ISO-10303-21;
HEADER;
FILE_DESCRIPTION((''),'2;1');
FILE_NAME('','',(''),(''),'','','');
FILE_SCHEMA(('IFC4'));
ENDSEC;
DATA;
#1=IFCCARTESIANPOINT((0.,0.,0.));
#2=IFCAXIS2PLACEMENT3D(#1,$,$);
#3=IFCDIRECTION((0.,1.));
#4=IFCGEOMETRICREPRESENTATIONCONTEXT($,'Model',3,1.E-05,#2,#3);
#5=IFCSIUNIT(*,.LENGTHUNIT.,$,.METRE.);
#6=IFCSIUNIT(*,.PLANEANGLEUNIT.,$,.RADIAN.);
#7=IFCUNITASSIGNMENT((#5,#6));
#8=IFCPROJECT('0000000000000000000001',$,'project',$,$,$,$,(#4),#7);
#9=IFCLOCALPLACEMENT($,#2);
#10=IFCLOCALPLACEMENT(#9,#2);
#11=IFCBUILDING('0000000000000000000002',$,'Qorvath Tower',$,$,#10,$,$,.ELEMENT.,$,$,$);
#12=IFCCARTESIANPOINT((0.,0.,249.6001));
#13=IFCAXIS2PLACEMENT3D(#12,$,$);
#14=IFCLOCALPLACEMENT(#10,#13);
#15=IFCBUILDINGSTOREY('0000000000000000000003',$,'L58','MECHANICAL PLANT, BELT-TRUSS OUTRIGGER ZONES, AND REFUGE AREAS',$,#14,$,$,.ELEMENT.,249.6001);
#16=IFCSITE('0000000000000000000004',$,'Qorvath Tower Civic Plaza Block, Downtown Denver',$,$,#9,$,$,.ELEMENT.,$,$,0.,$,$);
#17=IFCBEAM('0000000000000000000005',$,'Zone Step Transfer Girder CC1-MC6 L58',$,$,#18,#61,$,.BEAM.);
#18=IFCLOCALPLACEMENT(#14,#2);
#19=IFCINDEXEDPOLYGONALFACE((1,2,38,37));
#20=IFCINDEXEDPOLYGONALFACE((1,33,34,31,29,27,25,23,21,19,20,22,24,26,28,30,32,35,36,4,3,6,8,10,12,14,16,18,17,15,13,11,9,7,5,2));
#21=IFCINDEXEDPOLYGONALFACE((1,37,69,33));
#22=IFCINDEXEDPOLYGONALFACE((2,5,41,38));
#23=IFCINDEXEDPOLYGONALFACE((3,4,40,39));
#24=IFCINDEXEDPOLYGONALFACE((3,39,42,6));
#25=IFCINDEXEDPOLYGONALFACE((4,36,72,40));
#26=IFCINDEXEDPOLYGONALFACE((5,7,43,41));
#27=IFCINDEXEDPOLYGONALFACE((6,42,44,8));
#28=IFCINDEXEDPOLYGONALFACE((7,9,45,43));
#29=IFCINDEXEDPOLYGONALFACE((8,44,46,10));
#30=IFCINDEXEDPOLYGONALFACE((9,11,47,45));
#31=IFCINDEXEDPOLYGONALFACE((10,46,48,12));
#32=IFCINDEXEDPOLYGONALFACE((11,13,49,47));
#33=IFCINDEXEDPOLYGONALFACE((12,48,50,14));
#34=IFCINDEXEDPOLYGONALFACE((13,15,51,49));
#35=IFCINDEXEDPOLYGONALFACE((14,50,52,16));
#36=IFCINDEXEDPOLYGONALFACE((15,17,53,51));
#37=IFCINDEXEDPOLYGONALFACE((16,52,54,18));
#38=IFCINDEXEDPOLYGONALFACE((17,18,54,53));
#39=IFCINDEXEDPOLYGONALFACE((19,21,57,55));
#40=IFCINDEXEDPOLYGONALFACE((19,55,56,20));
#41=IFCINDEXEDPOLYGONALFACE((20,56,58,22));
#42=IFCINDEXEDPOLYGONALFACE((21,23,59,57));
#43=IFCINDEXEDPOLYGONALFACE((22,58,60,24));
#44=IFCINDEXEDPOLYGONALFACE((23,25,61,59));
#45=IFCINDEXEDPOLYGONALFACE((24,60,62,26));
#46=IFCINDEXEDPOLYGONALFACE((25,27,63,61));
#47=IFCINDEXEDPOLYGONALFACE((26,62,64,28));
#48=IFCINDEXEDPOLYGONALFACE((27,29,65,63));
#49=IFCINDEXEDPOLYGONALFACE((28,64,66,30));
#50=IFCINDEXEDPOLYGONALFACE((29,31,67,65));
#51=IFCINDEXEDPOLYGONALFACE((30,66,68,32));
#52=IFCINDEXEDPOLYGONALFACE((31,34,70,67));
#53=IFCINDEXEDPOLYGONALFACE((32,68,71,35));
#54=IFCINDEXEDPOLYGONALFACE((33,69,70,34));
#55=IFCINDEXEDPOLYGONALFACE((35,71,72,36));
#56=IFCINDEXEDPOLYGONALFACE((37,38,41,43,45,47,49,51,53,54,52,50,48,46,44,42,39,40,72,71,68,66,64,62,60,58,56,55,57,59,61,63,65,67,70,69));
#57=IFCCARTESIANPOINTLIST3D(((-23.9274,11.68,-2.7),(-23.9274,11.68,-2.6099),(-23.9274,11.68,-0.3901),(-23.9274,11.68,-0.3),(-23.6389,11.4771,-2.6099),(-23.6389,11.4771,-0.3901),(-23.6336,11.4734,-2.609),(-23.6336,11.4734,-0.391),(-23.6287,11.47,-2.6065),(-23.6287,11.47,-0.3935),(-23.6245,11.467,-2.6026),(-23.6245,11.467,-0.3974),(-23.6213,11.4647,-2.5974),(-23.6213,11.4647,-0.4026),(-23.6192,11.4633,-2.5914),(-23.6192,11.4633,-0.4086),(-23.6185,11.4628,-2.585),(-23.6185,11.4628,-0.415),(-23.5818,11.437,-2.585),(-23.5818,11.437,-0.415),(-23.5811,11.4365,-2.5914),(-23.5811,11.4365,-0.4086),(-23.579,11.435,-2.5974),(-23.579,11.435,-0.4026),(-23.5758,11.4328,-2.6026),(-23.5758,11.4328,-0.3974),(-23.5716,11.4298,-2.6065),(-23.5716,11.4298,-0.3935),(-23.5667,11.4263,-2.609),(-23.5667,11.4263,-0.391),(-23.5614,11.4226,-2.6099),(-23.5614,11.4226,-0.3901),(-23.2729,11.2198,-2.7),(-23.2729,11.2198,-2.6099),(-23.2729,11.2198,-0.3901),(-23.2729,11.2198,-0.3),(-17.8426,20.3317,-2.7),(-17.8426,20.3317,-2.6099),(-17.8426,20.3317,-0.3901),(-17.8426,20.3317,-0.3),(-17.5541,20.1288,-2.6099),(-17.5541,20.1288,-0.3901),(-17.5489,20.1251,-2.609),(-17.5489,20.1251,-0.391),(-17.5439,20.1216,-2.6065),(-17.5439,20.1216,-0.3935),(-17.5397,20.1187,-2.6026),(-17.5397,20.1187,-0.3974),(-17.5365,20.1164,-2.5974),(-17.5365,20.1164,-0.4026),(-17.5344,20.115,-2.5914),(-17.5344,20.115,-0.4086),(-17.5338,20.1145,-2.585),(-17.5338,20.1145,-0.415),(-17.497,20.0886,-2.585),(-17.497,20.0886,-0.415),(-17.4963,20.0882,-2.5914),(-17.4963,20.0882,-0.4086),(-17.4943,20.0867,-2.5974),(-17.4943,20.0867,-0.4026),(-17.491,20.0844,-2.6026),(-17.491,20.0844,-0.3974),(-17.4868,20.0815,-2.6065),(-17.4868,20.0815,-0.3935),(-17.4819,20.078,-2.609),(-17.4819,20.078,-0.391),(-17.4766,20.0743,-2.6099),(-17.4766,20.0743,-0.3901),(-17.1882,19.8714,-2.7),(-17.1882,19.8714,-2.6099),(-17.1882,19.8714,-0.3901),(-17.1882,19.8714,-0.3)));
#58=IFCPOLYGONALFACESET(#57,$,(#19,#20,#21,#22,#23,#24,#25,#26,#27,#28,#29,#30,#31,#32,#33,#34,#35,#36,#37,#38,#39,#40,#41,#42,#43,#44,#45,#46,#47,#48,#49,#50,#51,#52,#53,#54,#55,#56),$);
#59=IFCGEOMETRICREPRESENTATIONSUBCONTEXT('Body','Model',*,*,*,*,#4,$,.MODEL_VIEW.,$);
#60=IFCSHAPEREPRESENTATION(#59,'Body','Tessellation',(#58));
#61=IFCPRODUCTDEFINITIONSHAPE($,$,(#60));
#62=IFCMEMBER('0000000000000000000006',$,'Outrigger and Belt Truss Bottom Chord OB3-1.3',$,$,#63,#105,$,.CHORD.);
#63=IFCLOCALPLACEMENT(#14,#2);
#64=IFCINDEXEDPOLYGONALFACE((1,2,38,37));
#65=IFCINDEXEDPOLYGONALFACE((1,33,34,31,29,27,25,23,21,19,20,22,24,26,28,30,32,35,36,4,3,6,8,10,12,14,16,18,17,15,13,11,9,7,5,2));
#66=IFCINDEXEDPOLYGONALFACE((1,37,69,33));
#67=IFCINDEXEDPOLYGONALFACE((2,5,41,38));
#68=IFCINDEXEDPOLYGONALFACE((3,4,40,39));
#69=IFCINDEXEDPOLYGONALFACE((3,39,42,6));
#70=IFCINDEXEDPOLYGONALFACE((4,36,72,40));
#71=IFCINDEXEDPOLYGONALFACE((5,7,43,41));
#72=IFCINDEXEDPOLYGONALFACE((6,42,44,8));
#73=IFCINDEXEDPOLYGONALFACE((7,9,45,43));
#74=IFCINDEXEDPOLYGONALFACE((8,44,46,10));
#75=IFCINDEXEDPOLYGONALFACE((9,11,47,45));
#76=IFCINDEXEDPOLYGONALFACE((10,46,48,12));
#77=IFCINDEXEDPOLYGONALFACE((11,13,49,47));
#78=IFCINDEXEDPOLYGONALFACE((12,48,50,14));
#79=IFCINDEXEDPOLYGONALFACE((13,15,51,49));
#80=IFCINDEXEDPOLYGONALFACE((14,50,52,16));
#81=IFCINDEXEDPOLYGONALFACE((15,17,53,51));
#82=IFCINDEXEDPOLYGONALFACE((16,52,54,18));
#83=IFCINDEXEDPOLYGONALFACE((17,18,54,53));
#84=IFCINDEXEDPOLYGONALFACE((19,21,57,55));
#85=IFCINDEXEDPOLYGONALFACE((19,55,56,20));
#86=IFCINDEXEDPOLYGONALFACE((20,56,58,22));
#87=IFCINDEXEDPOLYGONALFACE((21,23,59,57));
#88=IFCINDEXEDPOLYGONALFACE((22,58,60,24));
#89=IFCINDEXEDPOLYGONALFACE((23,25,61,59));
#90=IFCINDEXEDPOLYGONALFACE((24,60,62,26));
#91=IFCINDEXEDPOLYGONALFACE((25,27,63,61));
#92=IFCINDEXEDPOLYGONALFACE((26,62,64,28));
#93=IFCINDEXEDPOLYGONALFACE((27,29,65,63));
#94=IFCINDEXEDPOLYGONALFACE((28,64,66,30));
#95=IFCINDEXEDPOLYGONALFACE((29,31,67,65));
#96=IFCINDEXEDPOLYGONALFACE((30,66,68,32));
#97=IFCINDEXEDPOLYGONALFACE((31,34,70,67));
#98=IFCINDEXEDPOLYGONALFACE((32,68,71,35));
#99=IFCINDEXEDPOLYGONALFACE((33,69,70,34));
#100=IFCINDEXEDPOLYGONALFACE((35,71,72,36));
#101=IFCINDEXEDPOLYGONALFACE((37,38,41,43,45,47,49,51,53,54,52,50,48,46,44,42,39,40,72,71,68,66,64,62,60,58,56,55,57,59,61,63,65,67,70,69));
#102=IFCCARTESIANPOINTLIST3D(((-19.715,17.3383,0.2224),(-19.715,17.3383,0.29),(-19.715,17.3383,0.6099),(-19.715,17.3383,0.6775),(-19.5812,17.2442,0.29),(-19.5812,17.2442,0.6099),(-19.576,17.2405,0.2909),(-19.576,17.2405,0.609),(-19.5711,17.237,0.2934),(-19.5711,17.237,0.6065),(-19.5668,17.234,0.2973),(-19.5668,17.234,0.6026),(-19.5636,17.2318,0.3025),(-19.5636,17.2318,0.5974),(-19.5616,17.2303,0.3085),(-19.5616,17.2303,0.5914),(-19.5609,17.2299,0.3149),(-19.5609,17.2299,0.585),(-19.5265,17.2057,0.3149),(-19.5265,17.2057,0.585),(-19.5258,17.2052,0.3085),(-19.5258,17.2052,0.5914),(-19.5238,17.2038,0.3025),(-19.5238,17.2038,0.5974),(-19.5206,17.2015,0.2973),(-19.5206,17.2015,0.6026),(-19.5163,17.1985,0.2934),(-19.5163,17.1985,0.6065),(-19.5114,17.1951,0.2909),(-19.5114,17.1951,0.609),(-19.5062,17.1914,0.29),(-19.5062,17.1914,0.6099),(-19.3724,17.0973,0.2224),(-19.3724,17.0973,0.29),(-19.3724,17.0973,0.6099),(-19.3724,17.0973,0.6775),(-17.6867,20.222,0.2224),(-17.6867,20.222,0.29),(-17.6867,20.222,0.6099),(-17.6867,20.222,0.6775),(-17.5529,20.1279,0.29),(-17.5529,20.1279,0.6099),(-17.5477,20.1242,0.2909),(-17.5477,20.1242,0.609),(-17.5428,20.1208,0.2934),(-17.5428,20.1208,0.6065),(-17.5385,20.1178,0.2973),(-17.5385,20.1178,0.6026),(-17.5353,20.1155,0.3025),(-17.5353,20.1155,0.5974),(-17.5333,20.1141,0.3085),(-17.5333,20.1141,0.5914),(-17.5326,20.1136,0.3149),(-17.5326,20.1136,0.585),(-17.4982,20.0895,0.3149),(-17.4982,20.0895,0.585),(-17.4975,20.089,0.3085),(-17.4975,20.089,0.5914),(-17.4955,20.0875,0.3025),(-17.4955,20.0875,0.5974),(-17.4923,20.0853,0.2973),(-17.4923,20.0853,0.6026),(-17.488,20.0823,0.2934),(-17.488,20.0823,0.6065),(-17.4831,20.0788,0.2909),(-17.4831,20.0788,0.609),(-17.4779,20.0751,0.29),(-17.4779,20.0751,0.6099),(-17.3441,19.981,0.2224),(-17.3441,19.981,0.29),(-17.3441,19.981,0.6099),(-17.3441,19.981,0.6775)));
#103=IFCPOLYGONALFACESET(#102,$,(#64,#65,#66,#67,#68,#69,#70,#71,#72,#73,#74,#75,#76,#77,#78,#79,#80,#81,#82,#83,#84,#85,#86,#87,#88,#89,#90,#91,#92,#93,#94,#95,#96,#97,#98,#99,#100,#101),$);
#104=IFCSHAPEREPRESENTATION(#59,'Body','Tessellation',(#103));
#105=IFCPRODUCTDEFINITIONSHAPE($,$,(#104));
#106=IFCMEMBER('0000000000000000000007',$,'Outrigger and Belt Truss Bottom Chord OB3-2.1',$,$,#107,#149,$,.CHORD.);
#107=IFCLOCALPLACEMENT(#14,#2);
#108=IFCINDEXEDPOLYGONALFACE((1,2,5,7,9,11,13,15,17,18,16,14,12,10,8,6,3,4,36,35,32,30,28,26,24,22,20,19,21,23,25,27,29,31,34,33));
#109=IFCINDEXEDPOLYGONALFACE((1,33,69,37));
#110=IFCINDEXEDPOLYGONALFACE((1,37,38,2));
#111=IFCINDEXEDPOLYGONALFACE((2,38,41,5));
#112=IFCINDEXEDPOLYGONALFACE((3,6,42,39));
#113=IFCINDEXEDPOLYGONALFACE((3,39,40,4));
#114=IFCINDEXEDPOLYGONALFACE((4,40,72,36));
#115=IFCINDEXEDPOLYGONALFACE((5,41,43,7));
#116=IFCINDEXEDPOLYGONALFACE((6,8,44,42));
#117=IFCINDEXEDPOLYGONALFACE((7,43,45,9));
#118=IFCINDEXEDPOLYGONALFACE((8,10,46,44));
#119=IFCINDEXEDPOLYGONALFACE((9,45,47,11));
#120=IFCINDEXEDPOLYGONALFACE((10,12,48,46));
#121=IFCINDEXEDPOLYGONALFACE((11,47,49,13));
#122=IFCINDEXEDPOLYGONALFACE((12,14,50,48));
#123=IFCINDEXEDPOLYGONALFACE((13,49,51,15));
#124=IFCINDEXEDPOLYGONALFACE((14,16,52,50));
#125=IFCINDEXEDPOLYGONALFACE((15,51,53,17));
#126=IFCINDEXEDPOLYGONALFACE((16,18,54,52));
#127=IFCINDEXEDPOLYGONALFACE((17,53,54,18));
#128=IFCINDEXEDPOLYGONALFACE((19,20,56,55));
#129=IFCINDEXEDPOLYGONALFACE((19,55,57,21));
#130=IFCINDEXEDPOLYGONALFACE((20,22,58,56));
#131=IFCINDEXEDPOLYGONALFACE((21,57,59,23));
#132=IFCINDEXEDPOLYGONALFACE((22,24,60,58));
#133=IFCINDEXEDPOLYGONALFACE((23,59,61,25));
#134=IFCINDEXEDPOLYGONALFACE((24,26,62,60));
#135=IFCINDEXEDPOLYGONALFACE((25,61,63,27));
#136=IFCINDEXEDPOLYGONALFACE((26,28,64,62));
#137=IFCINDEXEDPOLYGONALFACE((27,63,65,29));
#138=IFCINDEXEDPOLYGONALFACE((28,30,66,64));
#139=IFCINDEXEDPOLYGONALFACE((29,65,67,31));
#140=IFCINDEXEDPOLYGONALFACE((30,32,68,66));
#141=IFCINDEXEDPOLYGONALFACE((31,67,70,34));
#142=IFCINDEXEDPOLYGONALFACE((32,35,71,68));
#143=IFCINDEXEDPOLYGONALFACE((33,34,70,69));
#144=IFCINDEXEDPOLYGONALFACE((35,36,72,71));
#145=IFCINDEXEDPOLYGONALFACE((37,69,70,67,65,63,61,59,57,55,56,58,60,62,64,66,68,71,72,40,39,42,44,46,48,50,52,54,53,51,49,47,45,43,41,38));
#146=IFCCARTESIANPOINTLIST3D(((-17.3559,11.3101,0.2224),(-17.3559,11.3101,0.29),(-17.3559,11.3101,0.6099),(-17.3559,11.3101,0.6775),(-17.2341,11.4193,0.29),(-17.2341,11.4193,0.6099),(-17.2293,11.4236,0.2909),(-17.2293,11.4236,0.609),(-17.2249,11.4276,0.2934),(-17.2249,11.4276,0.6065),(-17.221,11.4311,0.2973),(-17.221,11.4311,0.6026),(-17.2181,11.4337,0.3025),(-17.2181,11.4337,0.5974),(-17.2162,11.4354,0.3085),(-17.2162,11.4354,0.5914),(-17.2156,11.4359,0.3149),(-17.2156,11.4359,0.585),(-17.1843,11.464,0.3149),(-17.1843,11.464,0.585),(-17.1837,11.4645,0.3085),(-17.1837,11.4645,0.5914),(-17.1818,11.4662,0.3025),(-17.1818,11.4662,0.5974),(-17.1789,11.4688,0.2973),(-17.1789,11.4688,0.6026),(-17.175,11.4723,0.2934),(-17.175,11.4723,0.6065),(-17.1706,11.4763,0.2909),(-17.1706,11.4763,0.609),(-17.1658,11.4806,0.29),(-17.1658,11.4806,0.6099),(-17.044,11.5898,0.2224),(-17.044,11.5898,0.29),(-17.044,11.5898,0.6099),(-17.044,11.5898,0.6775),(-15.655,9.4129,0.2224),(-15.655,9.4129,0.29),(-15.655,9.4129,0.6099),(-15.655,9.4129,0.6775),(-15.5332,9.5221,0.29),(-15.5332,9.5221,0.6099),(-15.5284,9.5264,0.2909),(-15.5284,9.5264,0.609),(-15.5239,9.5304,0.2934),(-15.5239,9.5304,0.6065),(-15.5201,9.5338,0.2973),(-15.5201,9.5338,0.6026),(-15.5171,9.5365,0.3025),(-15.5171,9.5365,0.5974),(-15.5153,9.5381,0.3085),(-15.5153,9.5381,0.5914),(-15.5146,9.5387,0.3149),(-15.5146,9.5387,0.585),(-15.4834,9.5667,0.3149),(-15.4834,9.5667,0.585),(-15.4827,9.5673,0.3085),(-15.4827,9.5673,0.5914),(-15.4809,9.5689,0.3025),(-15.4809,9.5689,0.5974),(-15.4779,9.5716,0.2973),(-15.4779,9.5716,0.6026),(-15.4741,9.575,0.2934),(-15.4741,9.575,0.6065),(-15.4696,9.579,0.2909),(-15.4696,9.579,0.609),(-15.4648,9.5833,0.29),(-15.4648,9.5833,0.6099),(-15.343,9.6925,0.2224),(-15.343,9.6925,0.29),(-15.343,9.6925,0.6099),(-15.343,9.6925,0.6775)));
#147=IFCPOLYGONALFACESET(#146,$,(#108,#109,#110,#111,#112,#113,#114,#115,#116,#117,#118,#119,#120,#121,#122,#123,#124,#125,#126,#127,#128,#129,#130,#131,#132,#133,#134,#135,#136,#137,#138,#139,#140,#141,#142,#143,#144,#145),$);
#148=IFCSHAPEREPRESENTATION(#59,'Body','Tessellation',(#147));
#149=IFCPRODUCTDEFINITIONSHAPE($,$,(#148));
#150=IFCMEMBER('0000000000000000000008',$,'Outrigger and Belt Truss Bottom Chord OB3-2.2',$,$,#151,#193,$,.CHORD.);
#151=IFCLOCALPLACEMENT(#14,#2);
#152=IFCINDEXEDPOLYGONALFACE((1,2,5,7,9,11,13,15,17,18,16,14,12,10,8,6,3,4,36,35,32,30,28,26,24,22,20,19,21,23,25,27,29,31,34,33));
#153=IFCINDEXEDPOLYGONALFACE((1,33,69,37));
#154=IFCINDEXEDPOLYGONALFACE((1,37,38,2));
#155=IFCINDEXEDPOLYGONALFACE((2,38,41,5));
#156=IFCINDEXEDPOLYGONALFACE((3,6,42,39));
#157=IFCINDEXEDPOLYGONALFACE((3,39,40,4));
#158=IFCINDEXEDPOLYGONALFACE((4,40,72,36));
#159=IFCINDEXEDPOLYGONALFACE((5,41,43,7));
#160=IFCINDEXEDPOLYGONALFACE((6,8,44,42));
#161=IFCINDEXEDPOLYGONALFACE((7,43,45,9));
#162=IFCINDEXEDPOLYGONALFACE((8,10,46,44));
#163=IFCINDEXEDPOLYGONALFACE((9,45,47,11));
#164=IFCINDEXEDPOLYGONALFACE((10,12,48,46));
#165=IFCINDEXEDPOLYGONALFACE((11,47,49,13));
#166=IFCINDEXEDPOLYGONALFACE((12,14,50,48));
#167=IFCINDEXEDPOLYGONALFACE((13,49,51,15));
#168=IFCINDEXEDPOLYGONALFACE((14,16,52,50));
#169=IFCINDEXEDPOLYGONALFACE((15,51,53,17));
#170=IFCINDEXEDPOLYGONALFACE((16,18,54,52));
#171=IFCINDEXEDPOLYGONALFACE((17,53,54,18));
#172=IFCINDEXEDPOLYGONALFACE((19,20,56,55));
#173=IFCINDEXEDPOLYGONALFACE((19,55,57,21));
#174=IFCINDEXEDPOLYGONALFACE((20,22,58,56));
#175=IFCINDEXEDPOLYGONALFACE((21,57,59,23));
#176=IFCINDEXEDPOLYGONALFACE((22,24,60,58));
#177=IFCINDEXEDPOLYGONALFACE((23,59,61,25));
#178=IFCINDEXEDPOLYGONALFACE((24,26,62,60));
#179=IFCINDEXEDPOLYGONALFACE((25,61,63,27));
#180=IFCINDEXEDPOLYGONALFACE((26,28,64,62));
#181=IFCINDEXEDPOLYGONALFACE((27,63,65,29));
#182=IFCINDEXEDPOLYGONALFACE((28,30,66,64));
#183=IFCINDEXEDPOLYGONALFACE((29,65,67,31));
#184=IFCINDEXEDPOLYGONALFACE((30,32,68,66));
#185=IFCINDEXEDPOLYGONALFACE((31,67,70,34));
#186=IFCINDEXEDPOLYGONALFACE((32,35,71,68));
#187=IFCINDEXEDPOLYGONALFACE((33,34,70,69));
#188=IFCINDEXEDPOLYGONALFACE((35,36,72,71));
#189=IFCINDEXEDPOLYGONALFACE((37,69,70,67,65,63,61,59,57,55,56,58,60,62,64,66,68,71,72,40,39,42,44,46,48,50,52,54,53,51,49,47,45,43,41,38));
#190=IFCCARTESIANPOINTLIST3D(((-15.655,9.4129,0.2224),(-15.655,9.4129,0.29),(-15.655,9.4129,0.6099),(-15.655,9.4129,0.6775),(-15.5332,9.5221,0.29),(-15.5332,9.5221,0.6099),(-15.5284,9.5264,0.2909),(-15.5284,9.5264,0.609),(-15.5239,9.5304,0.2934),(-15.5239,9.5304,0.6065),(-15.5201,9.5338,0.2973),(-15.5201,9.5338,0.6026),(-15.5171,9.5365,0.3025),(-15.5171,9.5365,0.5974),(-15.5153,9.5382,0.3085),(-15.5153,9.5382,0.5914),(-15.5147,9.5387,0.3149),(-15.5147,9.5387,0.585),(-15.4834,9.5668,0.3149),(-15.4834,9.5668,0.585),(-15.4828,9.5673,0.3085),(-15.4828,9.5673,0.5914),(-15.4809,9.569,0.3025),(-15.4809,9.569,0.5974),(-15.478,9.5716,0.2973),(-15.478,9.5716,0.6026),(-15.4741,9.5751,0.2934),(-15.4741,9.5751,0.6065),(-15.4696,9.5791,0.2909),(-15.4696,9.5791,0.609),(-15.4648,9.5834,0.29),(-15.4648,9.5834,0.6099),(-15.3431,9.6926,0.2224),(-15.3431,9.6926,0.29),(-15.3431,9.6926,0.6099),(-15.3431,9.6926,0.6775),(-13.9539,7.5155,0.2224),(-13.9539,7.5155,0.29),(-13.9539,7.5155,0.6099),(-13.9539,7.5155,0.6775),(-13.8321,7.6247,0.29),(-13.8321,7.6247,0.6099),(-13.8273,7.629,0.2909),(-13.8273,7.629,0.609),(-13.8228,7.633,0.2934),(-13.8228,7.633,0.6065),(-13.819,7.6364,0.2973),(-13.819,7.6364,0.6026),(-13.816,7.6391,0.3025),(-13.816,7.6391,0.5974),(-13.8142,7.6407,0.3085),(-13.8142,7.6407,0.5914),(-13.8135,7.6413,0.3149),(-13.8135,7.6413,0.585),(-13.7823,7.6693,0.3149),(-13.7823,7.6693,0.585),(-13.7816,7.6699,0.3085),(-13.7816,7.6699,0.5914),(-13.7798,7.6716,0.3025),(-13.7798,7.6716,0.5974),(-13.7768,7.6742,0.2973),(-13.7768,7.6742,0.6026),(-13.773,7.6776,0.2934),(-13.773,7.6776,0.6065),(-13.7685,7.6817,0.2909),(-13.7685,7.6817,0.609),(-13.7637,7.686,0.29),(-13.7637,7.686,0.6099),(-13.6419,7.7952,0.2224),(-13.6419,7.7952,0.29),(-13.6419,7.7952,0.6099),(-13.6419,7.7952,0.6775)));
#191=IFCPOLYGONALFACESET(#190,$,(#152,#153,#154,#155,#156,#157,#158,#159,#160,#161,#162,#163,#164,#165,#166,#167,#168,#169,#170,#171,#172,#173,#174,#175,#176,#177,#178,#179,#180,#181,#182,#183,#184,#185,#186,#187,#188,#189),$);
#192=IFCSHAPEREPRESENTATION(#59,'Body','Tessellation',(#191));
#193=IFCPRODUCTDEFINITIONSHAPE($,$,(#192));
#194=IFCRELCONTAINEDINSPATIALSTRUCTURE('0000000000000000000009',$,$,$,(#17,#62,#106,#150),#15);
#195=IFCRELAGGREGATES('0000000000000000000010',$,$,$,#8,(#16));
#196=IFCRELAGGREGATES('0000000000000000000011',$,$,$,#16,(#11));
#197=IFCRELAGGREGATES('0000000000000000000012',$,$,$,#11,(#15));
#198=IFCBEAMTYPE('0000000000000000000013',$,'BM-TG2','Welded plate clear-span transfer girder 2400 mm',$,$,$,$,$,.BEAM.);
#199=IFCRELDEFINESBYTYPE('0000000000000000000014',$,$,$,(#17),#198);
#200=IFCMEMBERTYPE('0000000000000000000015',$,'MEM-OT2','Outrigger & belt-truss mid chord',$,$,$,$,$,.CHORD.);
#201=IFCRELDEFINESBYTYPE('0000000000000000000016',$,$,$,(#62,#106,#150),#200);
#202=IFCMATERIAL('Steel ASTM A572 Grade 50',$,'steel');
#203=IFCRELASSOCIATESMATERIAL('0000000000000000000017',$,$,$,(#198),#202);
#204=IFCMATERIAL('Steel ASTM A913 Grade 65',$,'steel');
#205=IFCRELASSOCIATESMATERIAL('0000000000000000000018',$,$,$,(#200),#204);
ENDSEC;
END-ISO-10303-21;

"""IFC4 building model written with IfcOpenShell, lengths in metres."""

from ifc_helpers import new_model, si_unit, direction, frame, origin, origin_2d, place, context, subcontext, project, spatial, i_section, extrude, material, material_profile, profile_set, type_object, element, save


model = new_model("IFC4")

# Units and contexts
model_context = context("Model", 3, precision=1e-05, world=origin(), true_north=direction((0.0, 1.0)))
body_context = subcontext(model_context, "Body", "Model", "MODEL_VIEW")
ifc_project = project(units=[si_unit("LENGTHUNIT", "METRE"), si_unit("PLANEANGLEUNIT", "RADIAN")], contexts=[model_context])

# Site, building, storey
site_placement = place(None, origin())
site = spatial("IfcSite", under=ifc_project, at=site_placement, Name="Qorvath Tower Civic Plaza Block, Downtown Denver", CompositionType="ELEMENT", RefElevation=0.0)
building_placement = place(site_placement, origin())
building = spatial("IfcBuilding", under=site, at=building_placement, Name="Qorvath Tower", CompositionType="ELEMENT")
storey_placement = place(building_placement, frame((0.0, 0.0, 249.6001)))
storey = spatial("IfcBuildingStorey", under=building, at=storey_placement, Name="L58", Description="MECHANICAL PLANT, BELT-TRUSS OUTRIGGER ZONES, AND REFUGE AREAS", CompositionType="ELEMENT", Elevation=249.6001)

# Beam
ifc_material_1 = material(Name="Steel ASTM A572 Grade 50", Category="steel")
ifc_material_profile_1 = material_profile(ifc_material_1, i_section(OverallWidth=0.8, OverallDepth=2.3999, WebThickness=0.0449, FlangeThickness=0.0901, FilletRadius=0.0249, at=origin_2d()), Name="WTG 2400x800")
ifc_profile_set_1 = profile_set([ifc_material_profile_1], Name="Steel ASTM A572 Grade 50")
beam_type_1 = type_object("IfcBeamType", Name="BM-TG2", Description="Welded plate clear-span transfer girder 2400 mm", PredefinedType="BEAM", material=ifc_profile_set_1)
beam_1_placement = place(storey_placement, frame((-17.5154, 20.1016, -1.5), z_axis=(-0.575275, -0.81796, 0.0), x_axis=(0.81796, -0.575275, 0.0)))
element("IfcBeam", 1, at=beam_1_placement, inside=storey, type_object=beam_type_1, Name="Zone Step Transfer Girder CC1-MC6 L58", PredefinedType="BEAM", context=body_context, shape_type="SweptSolid", body=[
    extrude(i_section(OverallWidth=0.8, OverallDepth=2.3999, WebThickness=0.0449, FlangeThickness=0.0901, FilletRadius=0.0249, at=origin_2d()), origin(), (0.0, 0.0, 1.0), 10.5771),
])

# Members
ifc_material_2 = material(Name="Steel ASTM A913 Grade 65", Category="steel")
ifc_material_profile_2 = material_profile(ifc_material_2, i_section(OverallWidth=0.4189, OverallDepth=0.4551, WebThickness=0.042, FlangeThickness=0.0676, FilletRadius=0.0249, at=origin_2d()), Name="W14x370")
ifc_profile_set_2 = profile_set([ifc_material_profile_2], Name="Steel ASTM A913 Grade 65")
member_type_1 = type_object("IfcMemberType", Name="MEM-OT2", Description="Outrigger & belt-truss mid chord", PredefinedType="CHORD", material=ifc_profile_set_2)
member_1_placement = place(storey_placement, frame((-19.5437, 17.2178, 0.45), z_axis=(0.575301, 0.817942, 0.0), x_axis=(-0.817942, 0.575301, 0.0)))
element("IfcMember", 2, at=member_1_placement, inside=storey, type_object=member_type_1, Name="Outrigger and Belt Truss Bottom Chord OB3-1.3", PredefinedType="CHORD", context=body_context, shape_type="SweptSolid", body=[
    extrude(i_section(OverallWidth=0.4189, OverallDepth=0.4551, WebThickness=0.042, FlangeThickness=0.0676, FilletRadius=0.0249, at=origin_2d()), origin(), (0.0, 0.0, 1.0), 3.5256),
])
member_2_placement = place(storey_placement, frame((-17.2, 11.45, 0.45), z_axis=(0.66754, -0.744574, 0.0), x_axis=(0.744574, 0.66754, 0.0)))
element("IfcMember", 3, at=member_2_placement, inside=storey, type_object=member_type_1, Name="Outrigger and Belt Truss Bottom Chord OB3-2.1", PredefinedType="CHORD", context=body_context, shape_type="SweptSolid", body=[
    extrude(i_section(OverallWidth=0.4189, OverallDepth=0.4551, WebThickness=0.042, FlangeThickness=0.0676, FilletRadius=0.0249, at=origin_2d()), origin(), (0.0, 0.0, 1.0), 2.5481),
])
member_3_placement = place(storey_placement, frame((-15.499, 9.5527, 0.45), z_axis=(0.667545, -0.744569, 0.0), x_axis=(0.744569, 0.667545, 0.0)))
element("IfcMember", 4, at=member_3_placement, inside=storey, type_object=member_type_1, Name="Outrigger and Belt Truss Bottom Chord OB3-2.2", PredefinedType="CHORD", context=body_context, shape_type="SweptSolid", body=[
    extrude(i_section(OverallWidth=0.4189, OverallDepth=0.4551, WebThickness=0.042, FlangeThickness=0.0676, FilletRadius=0.0249, at=origin_2d()), origin(), (0.0, 0.0, 1.0), 2.5483),
])

save(model, "model.ifc")
